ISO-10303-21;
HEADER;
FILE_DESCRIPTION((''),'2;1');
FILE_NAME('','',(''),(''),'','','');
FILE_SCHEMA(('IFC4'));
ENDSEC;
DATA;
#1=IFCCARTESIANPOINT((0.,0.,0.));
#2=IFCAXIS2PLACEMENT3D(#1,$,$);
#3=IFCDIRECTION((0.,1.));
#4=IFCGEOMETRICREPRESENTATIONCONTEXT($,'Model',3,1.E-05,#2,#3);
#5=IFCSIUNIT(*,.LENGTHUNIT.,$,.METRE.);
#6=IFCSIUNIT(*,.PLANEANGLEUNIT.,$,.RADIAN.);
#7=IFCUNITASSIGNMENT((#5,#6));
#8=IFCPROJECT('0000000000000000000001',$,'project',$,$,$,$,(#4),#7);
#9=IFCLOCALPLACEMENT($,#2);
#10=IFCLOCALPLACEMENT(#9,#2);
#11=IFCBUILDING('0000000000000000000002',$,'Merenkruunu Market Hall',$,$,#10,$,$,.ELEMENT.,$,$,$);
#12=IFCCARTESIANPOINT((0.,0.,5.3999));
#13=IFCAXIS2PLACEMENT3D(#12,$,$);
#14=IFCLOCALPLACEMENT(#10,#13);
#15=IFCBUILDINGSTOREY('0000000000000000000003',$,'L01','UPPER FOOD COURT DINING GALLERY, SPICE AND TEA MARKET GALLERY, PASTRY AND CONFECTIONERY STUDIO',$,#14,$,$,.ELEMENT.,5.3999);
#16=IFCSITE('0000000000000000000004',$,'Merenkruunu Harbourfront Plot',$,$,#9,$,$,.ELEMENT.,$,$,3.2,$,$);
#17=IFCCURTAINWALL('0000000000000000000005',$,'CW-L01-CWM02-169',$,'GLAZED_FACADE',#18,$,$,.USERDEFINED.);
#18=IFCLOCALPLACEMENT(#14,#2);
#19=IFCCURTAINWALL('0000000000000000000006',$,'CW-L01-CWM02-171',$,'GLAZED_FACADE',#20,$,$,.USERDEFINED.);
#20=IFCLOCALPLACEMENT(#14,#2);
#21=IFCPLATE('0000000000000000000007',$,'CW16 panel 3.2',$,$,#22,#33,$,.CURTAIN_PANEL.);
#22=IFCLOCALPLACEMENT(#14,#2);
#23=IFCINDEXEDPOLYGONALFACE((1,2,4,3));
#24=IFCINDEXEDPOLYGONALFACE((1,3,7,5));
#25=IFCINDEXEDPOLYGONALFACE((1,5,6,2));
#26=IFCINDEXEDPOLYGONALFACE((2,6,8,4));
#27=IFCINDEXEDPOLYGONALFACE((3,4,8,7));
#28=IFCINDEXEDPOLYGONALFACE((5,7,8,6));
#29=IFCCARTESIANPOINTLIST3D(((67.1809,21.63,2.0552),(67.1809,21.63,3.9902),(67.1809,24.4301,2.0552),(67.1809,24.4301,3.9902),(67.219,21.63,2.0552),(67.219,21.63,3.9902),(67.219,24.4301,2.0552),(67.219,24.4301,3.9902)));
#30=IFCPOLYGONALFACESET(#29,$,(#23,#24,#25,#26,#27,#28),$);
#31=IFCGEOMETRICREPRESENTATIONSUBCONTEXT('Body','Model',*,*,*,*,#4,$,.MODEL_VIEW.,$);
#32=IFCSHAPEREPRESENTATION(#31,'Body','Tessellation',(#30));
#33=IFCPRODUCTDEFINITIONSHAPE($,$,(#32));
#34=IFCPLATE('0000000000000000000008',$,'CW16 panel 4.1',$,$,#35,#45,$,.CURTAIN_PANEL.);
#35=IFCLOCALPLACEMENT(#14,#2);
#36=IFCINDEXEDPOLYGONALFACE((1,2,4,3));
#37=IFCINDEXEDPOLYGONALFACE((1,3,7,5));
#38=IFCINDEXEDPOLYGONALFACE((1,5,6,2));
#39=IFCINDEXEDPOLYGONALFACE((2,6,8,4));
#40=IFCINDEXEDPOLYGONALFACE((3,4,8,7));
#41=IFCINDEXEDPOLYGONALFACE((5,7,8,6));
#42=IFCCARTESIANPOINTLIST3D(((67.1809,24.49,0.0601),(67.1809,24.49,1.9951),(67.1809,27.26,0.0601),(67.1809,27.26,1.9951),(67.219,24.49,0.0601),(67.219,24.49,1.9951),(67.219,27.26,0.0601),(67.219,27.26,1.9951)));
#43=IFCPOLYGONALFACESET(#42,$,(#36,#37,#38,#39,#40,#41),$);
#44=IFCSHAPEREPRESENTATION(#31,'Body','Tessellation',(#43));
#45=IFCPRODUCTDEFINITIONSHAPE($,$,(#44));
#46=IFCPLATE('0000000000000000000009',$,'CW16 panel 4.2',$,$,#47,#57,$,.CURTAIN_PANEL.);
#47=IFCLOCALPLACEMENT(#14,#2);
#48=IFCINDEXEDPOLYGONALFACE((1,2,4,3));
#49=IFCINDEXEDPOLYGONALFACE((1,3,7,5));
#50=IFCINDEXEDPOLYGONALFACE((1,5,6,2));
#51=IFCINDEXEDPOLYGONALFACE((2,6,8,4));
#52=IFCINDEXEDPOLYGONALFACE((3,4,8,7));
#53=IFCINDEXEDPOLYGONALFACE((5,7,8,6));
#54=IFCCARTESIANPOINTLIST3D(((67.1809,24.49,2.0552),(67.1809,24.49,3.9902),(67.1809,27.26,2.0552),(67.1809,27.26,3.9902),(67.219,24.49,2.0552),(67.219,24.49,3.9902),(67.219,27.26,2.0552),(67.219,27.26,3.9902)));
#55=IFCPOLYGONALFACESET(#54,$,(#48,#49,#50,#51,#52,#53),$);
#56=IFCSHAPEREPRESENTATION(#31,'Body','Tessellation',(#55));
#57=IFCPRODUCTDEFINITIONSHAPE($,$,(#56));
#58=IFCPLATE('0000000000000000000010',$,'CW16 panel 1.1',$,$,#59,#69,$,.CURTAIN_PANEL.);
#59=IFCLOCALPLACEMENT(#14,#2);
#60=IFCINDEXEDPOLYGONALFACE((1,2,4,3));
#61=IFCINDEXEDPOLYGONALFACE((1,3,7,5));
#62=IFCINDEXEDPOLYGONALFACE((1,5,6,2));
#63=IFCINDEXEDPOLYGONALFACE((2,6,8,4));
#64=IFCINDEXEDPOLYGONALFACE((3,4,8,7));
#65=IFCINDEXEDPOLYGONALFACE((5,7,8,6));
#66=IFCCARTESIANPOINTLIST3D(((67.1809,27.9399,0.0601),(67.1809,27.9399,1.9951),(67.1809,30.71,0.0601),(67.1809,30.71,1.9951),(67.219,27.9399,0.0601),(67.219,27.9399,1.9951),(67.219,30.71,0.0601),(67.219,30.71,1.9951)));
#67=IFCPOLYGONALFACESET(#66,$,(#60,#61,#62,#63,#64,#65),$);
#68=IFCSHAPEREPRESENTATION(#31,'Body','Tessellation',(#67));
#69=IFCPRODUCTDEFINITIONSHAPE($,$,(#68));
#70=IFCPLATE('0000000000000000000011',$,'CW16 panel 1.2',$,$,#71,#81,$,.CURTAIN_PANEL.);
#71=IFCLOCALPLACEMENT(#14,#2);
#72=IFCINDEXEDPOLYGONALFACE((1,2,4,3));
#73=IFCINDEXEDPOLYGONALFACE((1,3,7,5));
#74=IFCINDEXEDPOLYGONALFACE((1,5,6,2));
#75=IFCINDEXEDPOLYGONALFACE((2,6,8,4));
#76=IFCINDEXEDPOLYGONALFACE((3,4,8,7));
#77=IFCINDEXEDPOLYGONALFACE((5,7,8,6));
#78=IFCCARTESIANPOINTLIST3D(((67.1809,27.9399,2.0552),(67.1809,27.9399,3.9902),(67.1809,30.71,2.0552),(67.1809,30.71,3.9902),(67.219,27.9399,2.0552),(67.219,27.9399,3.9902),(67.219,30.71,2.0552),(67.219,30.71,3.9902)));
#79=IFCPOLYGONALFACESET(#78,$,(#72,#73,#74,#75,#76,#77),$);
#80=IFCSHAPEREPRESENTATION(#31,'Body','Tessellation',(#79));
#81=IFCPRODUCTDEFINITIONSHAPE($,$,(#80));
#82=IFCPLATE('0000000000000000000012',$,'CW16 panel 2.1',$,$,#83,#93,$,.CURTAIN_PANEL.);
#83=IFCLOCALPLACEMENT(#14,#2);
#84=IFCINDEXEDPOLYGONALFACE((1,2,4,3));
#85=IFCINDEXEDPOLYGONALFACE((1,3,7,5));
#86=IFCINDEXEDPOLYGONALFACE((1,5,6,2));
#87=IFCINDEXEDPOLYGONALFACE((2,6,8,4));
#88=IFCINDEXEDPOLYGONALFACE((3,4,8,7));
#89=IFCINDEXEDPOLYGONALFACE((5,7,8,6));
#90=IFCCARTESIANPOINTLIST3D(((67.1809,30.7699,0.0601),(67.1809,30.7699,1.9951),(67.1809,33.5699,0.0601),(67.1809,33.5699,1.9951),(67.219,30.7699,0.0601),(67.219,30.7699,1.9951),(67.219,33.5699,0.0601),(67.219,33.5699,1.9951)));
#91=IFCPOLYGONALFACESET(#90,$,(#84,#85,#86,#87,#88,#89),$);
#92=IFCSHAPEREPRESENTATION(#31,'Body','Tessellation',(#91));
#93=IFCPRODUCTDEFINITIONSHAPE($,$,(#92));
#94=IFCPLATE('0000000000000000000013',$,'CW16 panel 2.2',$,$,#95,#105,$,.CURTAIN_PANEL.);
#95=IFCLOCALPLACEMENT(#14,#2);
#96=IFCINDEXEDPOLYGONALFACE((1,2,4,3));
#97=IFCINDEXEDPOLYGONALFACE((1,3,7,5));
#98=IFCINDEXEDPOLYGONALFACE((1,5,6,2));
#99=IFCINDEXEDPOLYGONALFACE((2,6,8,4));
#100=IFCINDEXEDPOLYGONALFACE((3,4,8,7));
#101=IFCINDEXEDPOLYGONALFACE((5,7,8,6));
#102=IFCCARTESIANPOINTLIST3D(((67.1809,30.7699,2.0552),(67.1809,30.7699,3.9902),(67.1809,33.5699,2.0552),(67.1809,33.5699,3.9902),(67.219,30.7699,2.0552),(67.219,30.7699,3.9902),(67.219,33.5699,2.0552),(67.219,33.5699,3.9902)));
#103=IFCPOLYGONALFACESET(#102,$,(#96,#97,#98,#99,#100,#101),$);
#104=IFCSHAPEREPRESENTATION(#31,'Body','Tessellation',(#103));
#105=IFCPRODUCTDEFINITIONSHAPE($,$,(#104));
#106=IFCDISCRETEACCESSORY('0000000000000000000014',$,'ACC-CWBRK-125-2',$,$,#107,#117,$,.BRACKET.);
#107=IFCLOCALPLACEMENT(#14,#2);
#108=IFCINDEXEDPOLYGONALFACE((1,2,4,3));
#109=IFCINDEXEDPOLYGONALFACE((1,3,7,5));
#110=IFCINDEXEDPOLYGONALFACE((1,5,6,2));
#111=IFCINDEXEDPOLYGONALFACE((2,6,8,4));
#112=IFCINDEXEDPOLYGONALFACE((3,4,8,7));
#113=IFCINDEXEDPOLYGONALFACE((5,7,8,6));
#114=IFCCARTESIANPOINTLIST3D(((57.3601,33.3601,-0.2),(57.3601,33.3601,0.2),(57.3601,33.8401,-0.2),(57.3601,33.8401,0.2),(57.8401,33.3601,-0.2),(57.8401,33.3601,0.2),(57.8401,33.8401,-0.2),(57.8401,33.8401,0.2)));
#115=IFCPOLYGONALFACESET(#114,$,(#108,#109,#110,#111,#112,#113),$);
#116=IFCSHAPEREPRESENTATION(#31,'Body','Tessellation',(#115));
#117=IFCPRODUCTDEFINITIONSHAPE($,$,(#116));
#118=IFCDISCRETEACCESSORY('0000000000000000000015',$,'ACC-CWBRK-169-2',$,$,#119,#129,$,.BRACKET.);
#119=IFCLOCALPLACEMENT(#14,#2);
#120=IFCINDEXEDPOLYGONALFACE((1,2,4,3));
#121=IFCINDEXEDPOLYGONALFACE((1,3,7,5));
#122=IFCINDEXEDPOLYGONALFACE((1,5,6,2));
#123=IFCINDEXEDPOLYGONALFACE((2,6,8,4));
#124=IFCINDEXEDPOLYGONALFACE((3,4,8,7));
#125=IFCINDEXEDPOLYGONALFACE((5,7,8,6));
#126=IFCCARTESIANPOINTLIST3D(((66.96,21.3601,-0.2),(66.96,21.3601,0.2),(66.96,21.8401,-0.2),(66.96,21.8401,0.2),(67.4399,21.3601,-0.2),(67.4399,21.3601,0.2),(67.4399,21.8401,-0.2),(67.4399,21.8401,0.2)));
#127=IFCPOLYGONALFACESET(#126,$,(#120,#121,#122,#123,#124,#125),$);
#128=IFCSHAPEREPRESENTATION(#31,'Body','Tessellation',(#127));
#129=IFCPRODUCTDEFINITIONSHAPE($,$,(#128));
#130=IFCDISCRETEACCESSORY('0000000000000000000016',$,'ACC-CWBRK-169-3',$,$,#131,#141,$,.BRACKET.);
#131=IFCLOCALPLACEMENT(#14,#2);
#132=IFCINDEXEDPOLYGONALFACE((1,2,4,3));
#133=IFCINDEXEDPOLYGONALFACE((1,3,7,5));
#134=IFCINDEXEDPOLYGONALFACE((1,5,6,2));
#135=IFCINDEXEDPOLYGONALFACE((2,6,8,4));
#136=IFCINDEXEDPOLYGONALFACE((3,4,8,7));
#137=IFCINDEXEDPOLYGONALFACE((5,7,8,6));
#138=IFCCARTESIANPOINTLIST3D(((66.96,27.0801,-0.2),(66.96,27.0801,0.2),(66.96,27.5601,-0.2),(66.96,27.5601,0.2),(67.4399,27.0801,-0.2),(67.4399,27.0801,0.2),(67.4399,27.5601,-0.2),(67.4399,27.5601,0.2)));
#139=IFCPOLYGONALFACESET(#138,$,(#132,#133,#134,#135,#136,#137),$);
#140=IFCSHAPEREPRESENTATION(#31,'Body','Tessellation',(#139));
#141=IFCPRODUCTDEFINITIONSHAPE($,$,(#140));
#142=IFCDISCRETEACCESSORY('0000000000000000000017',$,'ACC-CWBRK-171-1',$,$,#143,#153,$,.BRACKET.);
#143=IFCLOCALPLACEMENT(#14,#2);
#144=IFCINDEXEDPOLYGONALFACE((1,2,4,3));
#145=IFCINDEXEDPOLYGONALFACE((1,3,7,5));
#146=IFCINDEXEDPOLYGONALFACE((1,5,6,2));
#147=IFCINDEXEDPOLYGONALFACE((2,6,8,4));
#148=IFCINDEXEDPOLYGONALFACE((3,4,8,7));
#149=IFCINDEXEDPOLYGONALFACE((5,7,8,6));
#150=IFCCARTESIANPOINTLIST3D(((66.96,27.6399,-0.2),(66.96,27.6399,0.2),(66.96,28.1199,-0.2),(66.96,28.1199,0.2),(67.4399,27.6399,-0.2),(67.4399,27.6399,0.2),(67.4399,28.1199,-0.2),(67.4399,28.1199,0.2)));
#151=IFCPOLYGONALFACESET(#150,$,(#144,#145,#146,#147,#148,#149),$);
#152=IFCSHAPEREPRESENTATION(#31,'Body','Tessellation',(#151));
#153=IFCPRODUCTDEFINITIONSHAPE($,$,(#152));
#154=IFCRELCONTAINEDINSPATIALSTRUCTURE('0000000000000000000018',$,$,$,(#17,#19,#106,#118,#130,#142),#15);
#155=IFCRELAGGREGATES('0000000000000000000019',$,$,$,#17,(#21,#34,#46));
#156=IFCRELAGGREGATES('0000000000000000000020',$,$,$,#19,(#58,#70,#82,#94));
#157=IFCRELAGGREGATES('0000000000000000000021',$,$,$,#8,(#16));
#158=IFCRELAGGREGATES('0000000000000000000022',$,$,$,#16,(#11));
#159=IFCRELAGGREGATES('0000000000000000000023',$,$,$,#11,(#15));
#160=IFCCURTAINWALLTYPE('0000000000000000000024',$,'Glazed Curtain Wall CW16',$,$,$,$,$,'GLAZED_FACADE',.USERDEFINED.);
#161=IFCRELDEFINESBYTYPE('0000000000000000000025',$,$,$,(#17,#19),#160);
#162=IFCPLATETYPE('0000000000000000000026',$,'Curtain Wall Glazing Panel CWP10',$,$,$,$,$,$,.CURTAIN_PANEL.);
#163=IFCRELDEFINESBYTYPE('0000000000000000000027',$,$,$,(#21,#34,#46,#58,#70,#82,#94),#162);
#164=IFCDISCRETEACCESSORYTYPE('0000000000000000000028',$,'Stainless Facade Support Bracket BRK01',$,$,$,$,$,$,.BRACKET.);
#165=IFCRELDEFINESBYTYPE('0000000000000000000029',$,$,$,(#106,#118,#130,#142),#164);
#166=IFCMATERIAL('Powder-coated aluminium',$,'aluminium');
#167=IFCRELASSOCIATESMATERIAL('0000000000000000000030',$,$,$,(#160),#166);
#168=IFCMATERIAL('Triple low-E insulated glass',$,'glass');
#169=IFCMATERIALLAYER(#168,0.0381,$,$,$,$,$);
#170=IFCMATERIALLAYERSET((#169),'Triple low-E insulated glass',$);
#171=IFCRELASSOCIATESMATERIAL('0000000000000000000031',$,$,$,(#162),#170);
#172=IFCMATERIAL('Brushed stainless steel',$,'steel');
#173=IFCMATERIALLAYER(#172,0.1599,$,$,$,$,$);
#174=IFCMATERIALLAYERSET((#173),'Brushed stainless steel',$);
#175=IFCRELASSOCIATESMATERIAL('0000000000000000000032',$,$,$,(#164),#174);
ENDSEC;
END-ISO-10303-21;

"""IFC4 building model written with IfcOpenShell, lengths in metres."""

from ifc_helpers import new_model, si_unit, direction, frame, origin, origin_2d, place, context, subcontext, project, spatial, rectangle, extrude, material, layer, layer_set, type_object, element, aggregate, save


model = new_model("IFC4")

# Units and contexts
model_context = context("Model", 3, precision=1e-05, world=origin(), true_north=direction((0.0, 1.0)))
body_context = subcontext(model_context, "Body", "Model", "MODEL_VIEW")
ifc_project = project(units=[si_unit("LENGTHUNIT", "METRE"), si_unit("PLANEANGLEUNIT", "RADIAN")], contexts=[model_context])

# Site, building, storey
site_placement = place(None, origin())
site = spatial("IfcSite", under=ifc_project, at=site_placement, Name="Merenkruunu Harbourfront Plot", CompositionType="ELEMENT", RefElevation=3.2)
building_placement = place(site_placement, origin())
building = spatial("IfcBuilding", under=site, at=building_placement, Name="Merenkruunu Market Hall", CompositionType="ELEMENT")
storey_placement = place(building_placement, frame((0.0, 0.0, 5.3999)))
storey = spatial("IfcBuildingStorey", under=building, at=storey_placement, Name="L01", Description="UPPER FOOD COURT DINING GALLERY, SPICE AND TEA MARKET GALLERY, PASTRY AND CONFECTIONERY STUDIO", CompositionType="ELEMENT", Elevation=5.3999)

# Shared definitions
ifc_material_1 = material(Name="Powder-coated aluminium", Category="aluminium")

# Curtain walls
curtain_wall_type_1 = type_object("IfcCurtainWallType", Name="Glazed Curtain Wall CW16", ElementType="GLAZED_FACADE", PredefinedType="USERDEFINED", material=ifc_material_1)
curtain_wall_1_placement = place(storey_placement, origin())
curtain_wall_1 = element("IfcCurtainWall", 1, at=curtain_wall_1_placement, inside=storey, type_object=curtain_wall_type_1, Name="CW-L01-CWM02-169", ObjectType="GLAZED_FACADE", PredefinedType="USERDEFINED")
curtain_wall_2_placement = place(storey_placement, origin())
curtain_wall_2 = element("IfcCurtainWall", 2, at=curtain_wall_2_placement, inside=storey, type_object=curtain_wall_type_1, Name="CW-L01-CWM02-171", ObjectType="GLAZED_FACADE", PredefinedType="USERDEFINED")

# Plates
ifc_material_2 = material(Name="Triple low-E insulated glass", Category="glass")
ifc_layer_1 = layer(ifc_material_2, 0.0381)
ifc_layer_set_1 = layer_set([ifc_layer_1], Name="Triple low-E insulated glass")
plate_type_1 = type_object("IfcPlateType", Name="Curtain Wall Glazing Panel CWP10", PredefinedType="CURTAIN_PANEL", material=ifc_layer_set_1)
plate_1_placement = place(storey_placement, frame((67.2, 23.03, 2.0552), z_axis=(0.0, 0.0, 1.0), x_axis=(0.0, 1.0, 0.0)))
plate_1 = element("IfcPlate", 3, at=plate_1_placement, type_object=plate_type_1, Name="CW16 panel 3.2", PredefinedType="CURTAIN_PANEL", context=body_context, shape_type="SweptSolid", body=[
    extrude(rectangle(XDim=2.8, YDim=0.0381, at=origin_2d()), origin(), (0.0, 0.0, 1.0), 1.9351),
])
plate_2_placement = place(storey_placement, frame((67.2, 25.875, 0.0601), z_axis=(0.0, 0.0, 1.0), x_axis=(0.0, 1.0, 0.0)))
plate_2 = element("IfcPlate", 4, at=plate_2_placement, type_object=plate_type_1, Name="CW16 panel 4.1", PredefinedType="CURTAIN_PANEL", context=body_context, shape_type="SweptSolid", body=[
    extrude(rectangle(XDim=2.77, YDim=0.0381, at=origin_2d()), origin(), (0.0, 0.0, 1.0), 1.9351),
])
plate_3_placement = place(storey_placement, frame((67.2, 25.875, 2.0552), z_axis=(0.0, 0.0, 1.0), x_axis=(0.0, 1.0, 0.0)))
plate_3 = element("IfcPlate", 5, at=plate_3_placement, type_object=plate_type_1, Name="CW16 panel 4.2", PredefinedType="CURTAIN_PANEL", context=body_context, shape_type="SweptSolid", body=[
    extrude(rectangle(XDim=2.77, YDim=0.0381, at=origin_2d()), origin(), (0.0, 0.0, 1.0), 1.9351),
])
aggregate(curtain_wall_1, [plate_1, plate_2, plate_3])
plate_4_placement = place(storey_placement, frame((67.2, 29.325, 0.0601), z_axis=(0.0, 0.0, 1.0), x_axis=(0.0, 1.0, 0.0)))
plate_4 = element("IfcPlate", 6, at=plate_4_placement, type_object=plate_type_1, Name="CW16 panel 1.1", PredefinedType="CURTAIN_PANEL", context=body_context, shape_type="SweptSolid", body=[
    extrude(rectangle(XDim=2.77, YDim=0.0381, at=origin_2d()), origin(), (0.0, 0.0, 1.0), 1.9351),
])
plate_5_placement = place(storey_placement, frame((67.2, 29.325, 2.0552), z_axis=(0.0, 0.0, 1.0), x_axis=(0.0, 1.0, 0.0)))
plate_5 = element("IfcPlate", 7, at=plate_5_placement, type_object=plate_type_1, Name="CW16 panel 1.2", PredefinedType="CURTAIN_PANEL", context=body_context, shape_type="SweptSolid", body=[
    extrude(rectangle(XDim=2.77, YDim=0.0381, at=origin_2d()), origin(), (0.0, 0.0, 1.0), 1.9351),
])
plate_6_placement = place(storey_placement, frame((67.2, 32.1699, 0.0601), z_axis=(0.0, 0.0, 1.0), x_axis=(0.0, 1.0, 0.0)))
plate_6 = element("IfcPlate", 8, at=plate_6_placement, type_object=plate_type_1, Name="CW16 panel 2.1", PredefinedType="CURTAIN_PANEL", context=body_context, shape_type="SweptSolid", body=[
    extrude(rectangle(XDim=2.8, YDim=0.0381, at=origin_2d()), origin(), (0.0, 0.0, 1.0), 1.9351),
])
plate_7_placement = place(storey_placement, frame((67.2, 32.1699, 2.0552), z_axis=(0.0, 0.0, 1.0), x_axis=(0.0, 1.0, 0.0)))
plate_7 = element("IfcPlate", 9, at=plate_7_placement, type_object=plate_type_1, Name="CW16 panel 2.2", PredefinedType="CURTAIN_PANEL", context=body_context, shape_type="SweptSolid", body=[
    extrude(rectangle(XDim=2.8, YDim=0.0381, at=origin_2d()), origin(), (0.0, 0.0, 1.0), 1.9351),
])
aggregate(curtain_wall_2, [plate_4, plate_5, plate_6, plate_7])

# Discrete accessories
ifc_material_3 = material(Name="Brushed stainless steel", Category="steel")
ifc_layer_2 = layer(ifc_material_3, 0.1599)
ifc_layer_set_2 = layer_set([ifc_layer_2], Name="Brushed stainless steel")
discrete_accessory_type = type_object("IfcDiscreteAccessoryType", Name="Stainless Facade Support Bracket BRK01", PredefinedType="BRACKET", material=ifc_layer_set_2)
for number, where, z_axis, x_axis, name in (
    (10, (57.6001, 33.6001, -0.2), (0.0, 0.0, 1.0), (1.0, 0.0, 0.0), "ACC-CWBRK-125-2"),
    (11, (67.2, 21.6001, -0.2), (0.0, 0.0, 1.0), (1.0, 0.0, 0.0), "ACC-CWBRK-169-2"),
    (12, (67.2, 27.3201, -0.2), (0.0, 0.0, 1.0), (1.0, 0.0, 0.0), "ACC-CWBRK-169-3"),
    (13, (67.2, 27.8799, -0.2), (0.0, 0.0, 1.0), (1.0, 0.0, 0.0), "ACC-CWBRK-171-1"),
):
    element("IfcDiscreteAccessory", number, at=place(storey_placement, frame(where, z_axis=z_axis, x_axis=x_axis)), inside=storey, type_object=discrete_accessory_type, Name=name, PredefinedType="BRACKET", context=body_context, shape_type="SweptSolid", body=[
        extrude(rectangle(XDim=0.48, YDim=0.48, at=origin_2d()), origin(), (0.0, 0.0, 1.0), 0.3999),
    ])

save(model, "model.ifc")
